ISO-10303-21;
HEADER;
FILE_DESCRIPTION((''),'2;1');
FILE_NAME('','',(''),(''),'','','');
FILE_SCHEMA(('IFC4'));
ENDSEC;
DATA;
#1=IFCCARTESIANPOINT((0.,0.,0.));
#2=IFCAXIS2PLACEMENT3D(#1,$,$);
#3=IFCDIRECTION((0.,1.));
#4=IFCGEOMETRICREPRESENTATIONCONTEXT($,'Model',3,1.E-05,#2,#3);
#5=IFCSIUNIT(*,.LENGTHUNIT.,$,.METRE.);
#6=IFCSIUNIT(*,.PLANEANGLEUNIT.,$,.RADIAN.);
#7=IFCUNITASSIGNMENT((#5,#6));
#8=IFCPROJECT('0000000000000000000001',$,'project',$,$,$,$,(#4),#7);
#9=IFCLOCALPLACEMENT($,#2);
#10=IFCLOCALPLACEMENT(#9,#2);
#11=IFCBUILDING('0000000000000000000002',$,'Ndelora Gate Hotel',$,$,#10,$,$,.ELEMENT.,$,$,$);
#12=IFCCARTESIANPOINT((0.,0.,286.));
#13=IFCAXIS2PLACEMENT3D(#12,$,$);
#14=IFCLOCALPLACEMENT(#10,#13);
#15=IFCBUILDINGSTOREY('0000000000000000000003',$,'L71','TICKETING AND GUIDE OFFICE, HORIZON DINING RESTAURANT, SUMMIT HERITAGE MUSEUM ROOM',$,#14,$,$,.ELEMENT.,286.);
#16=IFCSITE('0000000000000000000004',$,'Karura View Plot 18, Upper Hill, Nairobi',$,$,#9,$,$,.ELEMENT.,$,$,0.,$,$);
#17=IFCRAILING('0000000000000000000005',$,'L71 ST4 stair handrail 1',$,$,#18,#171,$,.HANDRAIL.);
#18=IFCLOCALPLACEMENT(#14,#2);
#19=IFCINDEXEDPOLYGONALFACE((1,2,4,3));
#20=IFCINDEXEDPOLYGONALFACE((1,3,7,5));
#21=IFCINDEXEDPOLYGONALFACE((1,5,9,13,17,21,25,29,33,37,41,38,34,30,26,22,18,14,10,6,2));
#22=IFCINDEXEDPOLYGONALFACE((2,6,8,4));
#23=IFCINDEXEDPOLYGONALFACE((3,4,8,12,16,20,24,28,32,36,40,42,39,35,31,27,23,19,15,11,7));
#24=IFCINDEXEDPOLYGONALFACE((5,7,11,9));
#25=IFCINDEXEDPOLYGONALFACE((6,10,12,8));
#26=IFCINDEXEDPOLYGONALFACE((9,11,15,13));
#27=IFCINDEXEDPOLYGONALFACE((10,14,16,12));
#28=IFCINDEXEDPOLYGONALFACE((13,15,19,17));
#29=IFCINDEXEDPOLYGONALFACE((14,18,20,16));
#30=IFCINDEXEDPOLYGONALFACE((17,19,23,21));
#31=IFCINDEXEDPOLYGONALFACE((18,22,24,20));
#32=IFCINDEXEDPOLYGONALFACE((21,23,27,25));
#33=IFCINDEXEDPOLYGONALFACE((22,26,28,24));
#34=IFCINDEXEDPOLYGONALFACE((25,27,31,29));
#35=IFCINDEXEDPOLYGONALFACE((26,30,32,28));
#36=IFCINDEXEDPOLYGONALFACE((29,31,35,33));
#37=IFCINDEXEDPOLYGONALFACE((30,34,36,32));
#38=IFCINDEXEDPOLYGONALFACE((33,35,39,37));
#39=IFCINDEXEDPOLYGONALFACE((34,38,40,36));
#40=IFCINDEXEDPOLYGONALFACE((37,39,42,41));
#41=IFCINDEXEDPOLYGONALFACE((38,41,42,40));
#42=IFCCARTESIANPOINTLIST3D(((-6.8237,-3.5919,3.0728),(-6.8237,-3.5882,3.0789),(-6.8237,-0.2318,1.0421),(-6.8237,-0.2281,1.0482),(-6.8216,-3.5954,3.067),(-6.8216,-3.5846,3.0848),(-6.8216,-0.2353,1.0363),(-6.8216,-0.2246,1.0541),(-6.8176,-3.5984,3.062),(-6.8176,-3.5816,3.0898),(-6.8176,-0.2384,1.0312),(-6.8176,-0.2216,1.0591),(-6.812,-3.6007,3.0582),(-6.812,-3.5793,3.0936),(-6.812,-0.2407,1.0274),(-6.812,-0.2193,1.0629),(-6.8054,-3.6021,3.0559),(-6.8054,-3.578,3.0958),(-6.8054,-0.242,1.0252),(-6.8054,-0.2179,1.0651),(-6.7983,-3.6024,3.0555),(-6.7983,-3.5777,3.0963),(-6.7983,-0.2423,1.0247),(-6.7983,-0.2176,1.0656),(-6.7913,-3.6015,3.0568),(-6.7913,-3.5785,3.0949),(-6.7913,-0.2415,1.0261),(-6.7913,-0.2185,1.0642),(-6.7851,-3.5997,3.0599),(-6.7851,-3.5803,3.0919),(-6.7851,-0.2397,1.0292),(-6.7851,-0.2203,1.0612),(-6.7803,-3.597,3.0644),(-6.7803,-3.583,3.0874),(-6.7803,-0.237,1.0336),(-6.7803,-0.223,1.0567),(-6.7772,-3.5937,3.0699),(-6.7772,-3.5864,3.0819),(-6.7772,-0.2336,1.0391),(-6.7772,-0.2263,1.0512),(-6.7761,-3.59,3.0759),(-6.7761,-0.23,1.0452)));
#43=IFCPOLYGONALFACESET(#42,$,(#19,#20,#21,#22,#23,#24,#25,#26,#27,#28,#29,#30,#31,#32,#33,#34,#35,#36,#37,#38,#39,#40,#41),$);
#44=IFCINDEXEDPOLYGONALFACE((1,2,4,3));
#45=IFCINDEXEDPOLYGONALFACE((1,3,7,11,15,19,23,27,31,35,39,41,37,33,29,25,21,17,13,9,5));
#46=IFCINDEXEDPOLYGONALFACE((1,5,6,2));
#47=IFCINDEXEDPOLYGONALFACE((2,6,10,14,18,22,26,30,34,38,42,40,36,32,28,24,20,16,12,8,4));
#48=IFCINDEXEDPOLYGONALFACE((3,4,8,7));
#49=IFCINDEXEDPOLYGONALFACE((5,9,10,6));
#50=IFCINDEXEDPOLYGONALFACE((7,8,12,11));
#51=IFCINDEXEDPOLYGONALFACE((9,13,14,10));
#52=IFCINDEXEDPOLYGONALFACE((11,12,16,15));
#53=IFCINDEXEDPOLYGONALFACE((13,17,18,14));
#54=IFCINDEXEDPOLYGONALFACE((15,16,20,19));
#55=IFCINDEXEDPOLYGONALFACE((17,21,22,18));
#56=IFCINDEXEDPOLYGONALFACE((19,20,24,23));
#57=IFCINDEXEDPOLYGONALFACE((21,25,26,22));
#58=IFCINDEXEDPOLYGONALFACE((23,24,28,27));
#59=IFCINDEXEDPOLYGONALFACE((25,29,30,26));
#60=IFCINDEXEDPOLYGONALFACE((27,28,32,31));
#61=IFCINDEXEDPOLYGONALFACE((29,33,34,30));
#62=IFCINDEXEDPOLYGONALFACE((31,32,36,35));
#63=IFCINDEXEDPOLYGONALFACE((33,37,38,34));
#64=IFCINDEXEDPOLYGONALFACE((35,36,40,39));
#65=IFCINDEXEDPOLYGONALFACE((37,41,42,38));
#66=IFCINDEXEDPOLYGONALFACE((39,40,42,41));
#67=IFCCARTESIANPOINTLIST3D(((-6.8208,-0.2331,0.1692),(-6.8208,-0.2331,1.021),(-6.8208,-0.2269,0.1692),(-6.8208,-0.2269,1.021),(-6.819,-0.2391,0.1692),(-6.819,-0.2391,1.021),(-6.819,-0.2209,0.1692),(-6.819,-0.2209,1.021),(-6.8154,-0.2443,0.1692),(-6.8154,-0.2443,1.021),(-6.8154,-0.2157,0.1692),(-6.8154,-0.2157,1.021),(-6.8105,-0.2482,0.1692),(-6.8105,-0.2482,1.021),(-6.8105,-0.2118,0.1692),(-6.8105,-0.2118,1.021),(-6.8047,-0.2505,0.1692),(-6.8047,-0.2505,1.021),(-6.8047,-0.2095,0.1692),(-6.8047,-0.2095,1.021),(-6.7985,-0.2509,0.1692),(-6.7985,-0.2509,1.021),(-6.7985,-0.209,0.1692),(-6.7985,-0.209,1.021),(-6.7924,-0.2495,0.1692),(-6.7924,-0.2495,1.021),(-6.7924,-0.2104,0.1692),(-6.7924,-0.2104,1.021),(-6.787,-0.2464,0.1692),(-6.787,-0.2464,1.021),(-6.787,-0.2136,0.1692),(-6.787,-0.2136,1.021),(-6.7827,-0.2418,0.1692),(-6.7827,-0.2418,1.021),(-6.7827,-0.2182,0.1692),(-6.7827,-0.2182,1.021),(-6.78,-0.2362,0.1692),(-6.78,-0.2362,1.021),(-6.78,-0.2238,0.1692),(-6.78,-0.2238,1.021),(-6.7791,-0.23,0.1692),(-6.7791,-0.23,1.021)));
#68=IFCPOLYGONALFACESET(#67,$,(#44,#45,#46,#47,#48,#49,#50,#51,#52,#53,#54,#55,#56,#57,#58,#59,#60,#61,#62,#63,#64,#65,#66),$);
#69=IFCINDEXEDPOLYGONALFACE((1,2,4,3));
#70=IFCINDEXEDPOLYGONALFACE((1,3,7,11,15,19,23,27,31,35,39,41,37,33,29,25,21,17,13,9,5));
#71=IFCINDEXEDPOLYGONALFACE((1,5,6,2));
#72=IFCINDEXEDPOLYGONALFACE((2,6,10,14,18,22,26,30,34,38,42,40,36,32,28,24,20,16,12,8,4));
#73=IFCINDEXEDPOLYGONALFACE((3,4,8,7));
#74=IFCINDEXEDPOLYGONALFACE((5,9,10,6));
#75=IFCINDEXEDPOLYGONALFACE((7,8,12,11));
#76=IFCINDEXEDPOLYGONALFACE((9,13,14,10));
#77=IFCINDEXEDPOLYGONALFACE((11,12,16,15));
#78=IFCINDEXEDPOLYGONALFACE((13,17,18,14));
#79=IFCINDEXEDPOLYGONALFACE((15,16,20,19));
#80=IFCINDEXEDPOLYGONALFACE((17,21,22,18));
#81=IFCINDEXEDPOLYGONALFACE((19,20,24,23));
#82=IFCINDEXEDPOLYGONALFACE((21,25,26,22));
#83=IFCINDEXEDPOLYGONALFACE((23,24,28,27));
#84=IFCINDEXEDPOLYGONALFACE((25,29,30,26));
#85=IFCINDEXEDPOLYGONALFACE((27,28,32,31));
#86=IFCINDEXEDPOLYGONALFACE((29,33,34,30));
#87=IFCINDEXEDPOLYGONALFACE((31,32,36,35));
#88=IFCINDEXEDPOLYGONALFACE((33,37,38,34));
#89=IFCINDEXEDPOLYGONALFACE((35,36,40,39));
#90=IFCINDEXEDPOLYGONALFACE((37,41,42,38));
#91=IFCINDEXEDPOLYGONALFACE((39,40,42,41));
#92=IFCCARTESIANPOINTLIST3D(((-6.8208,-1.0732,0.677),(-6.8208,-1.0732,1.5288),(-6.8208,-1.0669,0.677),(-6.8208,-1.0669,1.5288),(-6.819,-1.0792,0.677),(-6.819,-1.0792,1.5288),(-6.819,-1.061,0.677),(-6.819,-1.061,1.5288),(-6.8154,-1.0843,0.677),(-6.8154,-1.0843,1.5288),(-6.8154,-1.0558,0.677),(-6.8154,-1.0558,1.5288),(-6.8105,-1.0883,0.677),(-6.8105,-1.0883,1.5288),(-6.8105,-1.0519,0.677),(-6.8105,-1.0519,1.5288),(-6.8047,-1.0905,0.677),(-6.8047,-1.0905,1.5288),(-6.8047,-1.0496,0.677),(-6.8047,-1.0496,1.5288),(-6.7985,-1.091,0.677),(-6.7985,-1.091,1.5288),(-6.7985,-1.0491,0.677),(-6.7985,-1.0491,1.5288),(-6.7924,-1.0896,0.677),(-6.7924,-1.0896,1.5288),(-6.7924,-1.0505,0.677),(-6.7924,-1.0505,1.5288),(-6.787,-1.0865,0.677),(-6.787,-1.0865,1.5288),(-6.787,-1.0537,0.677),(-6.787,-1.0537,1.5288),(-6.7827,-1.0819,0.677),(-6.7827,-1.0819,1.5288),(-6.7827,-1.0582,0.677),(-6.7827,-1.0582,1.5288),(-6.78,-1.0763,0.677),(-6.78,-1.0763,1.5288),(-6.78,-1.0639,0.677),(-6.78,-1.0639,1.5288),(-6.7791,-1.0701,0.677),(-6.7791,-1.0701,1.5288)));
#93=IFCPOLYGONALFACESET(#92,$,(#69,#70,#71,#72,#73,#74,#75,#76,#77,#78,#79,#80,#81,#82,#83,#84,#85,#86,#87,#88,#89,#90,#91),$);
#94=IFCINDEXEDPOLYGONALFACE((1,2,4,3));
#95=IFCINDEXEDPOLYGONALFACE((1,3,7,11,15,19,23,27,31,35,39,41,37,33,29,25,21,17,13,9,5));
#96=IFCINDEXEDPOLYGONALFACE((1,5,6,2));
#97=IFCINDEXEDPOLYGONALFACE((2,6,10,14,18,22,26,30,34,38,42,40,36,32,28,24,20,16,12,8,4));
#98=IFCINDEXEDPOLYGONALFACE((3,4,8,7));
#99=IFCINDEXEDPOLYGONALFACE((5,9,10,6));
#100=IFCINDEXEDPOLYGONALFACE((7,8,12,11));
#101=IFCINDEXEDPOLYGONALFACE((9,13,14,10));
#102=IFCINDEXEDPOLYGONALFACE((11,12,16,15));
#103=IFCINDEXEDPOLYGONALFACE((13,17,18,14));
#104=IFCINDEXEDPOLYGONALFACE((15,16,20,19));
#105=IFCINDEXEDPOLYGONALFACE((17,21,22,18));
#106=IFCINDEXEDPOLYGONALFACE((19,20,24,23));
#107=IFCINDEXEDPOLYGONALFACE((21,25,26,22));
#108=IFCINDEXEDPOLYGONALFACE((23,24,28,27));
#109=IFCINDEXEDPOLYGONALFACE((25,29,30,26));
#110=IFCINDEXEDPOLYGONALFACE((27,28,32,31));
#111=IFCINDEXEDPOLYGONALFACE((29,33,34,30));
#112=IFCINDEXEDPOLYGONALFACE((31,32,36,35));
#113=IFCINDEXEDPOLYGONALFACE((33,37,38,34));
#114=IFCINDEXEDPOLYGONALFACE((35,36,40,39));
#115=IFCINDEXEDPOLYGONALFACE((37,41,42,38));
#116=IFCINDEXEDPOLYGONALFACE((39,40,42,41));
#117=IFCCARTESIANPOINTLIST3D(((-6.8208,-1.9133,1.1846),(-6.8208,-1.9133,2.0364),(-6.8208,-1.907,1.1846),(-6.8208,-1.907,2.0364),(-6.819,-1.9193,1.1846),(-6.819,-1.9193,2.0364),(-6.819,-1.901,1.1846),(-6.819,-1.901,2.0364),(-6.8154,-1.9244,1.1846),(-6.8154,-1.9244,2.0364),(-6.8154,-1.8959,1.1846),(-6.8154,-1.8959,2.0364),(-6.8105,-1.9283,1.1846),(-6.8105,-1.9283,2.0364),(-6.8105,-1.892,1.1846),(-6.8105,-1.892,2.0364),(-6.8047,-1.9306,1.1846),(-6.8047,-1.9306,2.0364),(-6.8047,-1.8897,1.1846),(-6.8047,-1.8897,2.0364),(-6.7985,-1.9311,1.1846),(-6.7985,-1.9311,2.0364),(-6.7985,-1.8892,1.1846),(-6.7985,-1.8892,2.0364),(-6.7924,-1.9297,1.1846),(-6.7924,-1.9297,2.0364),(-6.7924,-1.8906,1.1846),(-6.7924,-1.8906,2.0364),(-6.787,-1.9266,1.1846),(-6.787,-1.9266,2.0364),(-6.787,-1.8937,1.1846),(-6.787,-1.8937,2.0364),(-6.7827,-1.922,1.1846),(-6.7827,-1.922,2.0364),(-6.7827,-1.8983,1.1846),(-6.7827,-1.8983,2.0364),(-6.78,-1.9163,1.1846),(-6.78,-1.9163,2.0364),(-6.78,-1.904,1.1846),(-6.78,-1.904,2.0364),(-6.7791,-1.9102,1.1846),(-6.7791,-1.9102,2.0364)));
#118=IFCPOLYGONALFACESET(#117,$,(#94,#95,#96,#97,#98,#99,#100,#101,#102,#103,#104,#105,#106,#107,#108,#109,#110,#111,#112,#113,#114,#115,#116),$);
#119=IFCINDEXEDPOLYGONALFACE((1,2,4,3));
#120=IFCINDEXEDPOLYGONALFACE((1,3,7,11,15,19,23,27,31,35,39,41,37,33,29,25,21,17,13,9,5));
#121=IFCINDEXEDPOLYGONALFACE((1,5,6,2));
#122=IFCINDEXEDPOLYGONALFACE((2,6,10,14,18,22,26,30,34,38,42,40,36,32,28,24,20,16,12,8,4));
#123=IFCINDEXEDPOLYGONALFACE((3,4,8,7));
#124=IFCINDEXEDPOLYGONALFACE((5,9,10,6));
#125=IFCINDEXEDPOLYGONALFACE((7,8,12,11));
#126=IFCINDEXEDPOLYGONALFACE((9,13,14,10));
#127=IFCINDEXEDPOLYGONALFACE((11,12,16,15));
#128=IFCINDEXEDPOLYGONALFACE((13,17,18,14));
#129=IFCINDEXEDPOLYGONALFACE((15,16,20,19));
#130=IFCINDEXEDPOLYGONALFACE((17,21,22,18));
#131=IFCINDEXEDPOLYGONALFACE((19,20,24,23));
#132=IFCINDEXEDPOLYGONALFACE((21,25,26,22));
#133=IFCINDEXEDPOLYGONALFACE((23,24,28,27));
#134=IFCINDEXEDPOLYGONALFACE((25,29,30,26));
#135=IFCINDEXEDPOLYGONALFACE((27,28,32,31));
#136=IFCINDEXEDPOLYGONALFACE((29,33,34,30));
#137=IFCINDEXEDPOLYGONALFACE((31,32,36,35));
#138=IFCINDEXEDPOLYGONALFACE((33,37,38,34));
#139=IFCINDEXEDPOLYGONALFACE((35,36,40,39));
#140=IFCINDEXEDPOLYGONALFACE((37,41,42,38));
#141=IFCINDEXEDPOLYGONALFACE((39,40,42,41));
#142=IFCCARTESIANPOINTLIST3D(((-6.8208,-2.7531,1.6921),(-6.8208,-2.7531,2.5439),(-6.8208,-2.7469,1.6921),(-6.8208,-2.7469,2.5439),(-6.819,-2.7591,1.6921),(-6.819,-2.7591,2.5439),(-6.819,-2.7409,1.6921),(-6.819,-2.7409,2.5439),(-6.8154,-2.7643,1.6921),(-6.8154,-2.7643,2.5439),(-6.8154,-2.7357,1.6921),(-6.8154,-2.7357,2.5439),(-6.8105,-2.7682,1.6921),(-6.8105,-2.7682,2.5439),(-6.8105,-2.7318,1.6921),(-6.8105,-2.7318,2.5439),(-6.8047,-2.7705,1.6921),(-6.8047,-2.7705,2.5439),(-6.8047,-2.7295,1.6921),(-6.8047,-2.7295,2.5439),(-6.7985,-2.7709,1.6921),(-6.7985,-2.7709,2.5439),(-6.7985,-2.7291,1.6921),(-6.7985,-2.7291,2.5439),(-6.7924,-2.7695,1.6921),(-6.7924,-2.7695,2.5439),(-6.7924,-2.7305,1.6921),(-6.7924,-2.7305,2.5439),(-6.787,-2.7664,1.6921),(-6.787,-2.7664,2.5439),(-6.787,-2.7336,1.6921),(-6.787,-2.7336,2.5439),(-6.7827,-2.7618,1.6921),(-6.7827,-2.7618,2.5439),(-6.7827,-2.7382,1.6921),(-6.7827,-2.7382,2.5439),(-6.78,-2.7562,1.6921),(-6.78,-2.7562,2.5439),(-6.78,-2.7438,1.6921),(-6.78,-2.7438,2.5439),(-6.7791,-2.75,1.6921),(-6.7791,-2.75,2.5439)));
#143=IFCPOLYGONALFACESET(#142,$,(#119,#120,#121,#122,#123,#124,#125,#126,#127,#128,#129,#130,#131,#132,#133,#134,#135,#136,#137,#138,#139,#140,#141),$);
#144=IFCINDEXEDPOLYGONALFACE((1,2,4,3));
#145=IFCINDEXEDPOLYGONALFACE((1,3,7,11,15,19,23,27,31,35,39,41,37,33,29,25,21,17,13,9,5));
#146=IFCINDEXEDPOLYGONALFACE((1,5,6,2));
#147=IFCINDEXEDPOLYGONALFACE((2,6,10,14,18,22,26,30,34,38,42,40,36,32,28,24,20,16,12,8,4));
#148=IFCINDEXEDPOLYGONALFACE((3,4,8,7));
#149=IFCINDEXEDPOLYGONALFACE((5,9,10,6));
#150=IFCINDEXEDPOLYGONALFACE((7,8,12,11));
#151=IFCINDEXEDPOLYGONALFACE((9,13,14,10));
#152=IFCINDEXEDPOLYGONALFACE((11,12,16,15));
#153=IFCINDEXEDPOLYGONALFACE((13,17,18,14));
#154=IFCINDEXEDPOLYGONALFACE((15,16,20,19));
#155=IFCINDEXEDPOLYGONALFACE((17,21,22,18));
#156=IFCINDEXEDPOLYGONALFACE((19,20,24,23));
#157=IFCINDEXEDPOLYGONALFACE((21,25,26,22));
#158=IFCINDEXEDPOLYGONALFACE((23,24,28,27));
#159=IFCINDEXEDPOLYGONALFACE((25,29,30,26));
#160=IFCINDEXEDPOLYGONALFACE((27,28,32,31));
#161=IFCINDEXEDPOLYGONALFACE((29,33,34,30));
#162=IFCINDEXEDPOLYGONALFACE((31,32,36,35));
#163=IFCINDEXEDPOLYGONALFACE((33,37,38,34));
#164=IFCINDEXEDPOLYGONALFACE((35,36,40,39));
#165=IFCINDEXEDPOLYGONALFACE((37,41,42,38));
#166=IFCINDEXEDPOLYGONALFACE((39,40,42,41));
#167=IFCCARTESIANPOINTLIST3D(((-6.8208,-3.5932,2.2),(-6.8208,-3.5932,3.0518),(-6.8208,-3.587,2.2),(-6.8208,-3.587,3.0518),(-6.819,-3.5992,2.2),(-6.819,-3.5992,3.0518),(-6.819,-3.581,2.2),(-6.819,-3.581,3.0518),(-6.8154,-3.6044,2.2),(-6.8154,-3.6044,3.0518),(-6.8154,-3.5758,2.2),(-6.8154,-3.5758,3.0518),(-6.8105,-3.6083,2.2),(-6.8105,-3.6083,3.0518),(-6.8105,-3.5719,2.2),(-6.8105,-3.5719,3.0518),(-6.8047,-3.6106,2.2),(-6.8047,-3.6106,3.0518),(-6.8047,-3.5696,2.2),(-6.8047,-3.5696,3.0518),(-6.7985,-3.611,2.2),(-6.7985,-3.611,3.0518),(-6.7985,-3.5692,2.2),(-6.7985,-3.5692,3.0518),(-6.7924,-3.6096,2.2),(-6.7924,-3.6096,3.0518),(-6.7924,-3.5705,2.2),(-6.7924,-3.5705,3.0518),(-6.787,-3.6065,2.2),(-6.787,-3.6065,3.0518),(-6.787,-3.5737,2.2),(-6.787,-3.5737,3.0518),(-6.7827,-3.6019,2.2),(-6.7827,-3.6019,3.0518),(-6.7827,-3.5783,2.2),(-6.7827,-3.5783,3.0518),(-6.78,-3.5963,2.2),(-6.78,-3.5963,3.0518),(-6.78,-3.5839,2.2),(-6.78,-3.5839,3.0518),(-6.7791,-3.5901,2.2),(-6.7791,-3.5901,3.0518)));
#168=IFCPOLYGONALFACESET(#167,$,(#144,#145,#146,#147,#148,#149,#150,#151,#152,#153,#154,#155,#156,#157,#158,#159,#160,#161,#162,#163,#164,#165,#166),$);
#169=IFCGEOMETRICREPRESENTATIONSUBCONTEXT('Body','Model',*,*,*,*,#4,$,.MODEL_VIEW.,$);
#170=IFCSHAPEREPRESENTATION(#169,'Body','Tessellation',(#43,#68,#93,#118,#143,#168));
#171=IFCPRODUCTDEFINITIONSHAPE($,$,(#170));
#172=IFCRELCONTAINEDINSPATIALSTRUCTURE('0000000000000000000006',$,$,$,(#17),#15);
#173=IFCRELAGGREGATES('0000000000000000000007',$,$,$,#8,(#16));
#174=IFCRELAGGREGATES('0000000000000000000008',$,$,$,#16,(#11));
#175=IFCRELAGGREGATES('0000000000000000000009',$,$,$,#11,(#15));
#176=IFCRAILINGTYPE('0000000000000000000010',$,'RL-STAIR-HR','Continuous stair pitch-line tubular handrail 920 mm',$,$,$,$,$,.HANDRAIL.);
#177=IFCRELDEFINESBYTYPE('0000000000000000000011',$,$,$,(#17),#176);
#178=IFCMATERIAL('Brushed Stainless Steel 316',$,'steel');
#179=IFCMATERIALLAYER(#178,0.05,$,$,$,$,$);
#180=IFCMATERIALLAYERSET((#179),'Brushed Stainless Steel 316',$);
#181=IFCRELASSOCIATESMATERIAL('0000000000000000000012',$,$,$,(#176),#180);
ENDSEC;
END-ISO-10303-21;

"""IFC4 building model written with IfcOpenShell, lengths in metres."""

from ifc_helpers import new_model, si_unit, direction, frame, origin, origin_2d, place, context, subcontext, project, spatial, circle, extrude, material, layer, layer_set, type_object, element, save


model = new_model("IFC4")

# Units and contexts
model_context = context("Model", 3, precision=1e-05, world=origin(), true_north=direction((0.0, 1.0)))
body_context = subcontext(model_context, "Body", "Model", "MODEL_VIEW")
ifc_project = project(units=[si_unit("LENGTHUNIT", "METRE"), si_unit("PLANEANGLEUNIT", "RADIAN")], contexts=[model_context])

# Site, building, storey
site_placement = place(None, origin())
site = spatial("IfcSite", under=ifc_project, at=site_placement, Name="Karura View Plot 18, Upper Hill, Nairobi", CompositionType="ELEMENT", RefElevation=0.0)
building_placement = place(site_placement, origin())
building = spatial("IfcBuilding", under=site, at=building_placement, Name="Ndelora Gate Hotel", CompositionType="ELEMENT")
storey_placement = place(building_placement, frame((0.0, 0.0, 286.0)))
storey = spatial("IfcBuildingStorey", under=building, at=storey_placement, Name="L71", Description="TICKETING AND GUIDE OFFICE, HORIZON DINING RESTAURANT, SUMMIT HERITAGE MUSEUM ROOM", CompositionType="ELEMENT", Elevation=286.0)

# Railing
ifc_material_1 = material(Name="Brushed Stainless Steel 316", Category="steel")
ifc_layer_1 = layer(ifc_material_1, 0.05)
ifc_layer_set_1 = layer_set([ifc_layer_1], Name="Brushed Stainless Steel 316")
railing_type_1 = type_object("IfcRailingType", Name="RL-STAIR-HR", Description="Continuous stair pitch-line tubular handrail 920 mm", PredefinedType="HANDRAIL", material=ifc_layer_set_1)
railing_1_placement = place(storey_placement, frame((-6.8, -0.23, 0.1692)))
element("IfcRailing", 1, at=railing_1_placement, inside=storey, type_object=railing_type_1, Name="L71 ST4 stair handrail 1", PredefinedType="HANDRAIL", context=body_context, shape_type="SweptSolid", body=[
    extrude(circle(Radius=0.0239, at=origin_2d()), frame((0.0, 0.0, 0.876), z_axis=(0.0, -0.855837, 0.517246), x_axis=(1.0, 0.0, 0.0)), (0.0, 0.0, 1.0), 3.926),
    extrude(circle(Radius=0.021, at=origin_2d()), origin(), (0.0, 0.0, 1.0), 0.8518),
    extrude(circle(Radius=0.021, at=origin_2d()), frame((0.0, -0.8401, 0.5078)), (0.0, 0.0, 1.0), 0.8518),
    extrude(circle(Radius=0.021, at=origin_2d()), frame((0.0, -1.6802, 1.0154)), (0.0, 0.0, 1.0), 0.8518),
    extrude(circle(Radius=0.021, at=origin_2d()), frame((0.0, -2.52, 1.5229)), (0.0, 0.0, 1.0), 0.8518),
    extrude(circle(Radius=0.021, at=origin_2d()), frame((0.0, -3.3601, 2.0308)), (0.0, 0.0, 1.0), 0.8518),
])

save(model, "model.ifc")
